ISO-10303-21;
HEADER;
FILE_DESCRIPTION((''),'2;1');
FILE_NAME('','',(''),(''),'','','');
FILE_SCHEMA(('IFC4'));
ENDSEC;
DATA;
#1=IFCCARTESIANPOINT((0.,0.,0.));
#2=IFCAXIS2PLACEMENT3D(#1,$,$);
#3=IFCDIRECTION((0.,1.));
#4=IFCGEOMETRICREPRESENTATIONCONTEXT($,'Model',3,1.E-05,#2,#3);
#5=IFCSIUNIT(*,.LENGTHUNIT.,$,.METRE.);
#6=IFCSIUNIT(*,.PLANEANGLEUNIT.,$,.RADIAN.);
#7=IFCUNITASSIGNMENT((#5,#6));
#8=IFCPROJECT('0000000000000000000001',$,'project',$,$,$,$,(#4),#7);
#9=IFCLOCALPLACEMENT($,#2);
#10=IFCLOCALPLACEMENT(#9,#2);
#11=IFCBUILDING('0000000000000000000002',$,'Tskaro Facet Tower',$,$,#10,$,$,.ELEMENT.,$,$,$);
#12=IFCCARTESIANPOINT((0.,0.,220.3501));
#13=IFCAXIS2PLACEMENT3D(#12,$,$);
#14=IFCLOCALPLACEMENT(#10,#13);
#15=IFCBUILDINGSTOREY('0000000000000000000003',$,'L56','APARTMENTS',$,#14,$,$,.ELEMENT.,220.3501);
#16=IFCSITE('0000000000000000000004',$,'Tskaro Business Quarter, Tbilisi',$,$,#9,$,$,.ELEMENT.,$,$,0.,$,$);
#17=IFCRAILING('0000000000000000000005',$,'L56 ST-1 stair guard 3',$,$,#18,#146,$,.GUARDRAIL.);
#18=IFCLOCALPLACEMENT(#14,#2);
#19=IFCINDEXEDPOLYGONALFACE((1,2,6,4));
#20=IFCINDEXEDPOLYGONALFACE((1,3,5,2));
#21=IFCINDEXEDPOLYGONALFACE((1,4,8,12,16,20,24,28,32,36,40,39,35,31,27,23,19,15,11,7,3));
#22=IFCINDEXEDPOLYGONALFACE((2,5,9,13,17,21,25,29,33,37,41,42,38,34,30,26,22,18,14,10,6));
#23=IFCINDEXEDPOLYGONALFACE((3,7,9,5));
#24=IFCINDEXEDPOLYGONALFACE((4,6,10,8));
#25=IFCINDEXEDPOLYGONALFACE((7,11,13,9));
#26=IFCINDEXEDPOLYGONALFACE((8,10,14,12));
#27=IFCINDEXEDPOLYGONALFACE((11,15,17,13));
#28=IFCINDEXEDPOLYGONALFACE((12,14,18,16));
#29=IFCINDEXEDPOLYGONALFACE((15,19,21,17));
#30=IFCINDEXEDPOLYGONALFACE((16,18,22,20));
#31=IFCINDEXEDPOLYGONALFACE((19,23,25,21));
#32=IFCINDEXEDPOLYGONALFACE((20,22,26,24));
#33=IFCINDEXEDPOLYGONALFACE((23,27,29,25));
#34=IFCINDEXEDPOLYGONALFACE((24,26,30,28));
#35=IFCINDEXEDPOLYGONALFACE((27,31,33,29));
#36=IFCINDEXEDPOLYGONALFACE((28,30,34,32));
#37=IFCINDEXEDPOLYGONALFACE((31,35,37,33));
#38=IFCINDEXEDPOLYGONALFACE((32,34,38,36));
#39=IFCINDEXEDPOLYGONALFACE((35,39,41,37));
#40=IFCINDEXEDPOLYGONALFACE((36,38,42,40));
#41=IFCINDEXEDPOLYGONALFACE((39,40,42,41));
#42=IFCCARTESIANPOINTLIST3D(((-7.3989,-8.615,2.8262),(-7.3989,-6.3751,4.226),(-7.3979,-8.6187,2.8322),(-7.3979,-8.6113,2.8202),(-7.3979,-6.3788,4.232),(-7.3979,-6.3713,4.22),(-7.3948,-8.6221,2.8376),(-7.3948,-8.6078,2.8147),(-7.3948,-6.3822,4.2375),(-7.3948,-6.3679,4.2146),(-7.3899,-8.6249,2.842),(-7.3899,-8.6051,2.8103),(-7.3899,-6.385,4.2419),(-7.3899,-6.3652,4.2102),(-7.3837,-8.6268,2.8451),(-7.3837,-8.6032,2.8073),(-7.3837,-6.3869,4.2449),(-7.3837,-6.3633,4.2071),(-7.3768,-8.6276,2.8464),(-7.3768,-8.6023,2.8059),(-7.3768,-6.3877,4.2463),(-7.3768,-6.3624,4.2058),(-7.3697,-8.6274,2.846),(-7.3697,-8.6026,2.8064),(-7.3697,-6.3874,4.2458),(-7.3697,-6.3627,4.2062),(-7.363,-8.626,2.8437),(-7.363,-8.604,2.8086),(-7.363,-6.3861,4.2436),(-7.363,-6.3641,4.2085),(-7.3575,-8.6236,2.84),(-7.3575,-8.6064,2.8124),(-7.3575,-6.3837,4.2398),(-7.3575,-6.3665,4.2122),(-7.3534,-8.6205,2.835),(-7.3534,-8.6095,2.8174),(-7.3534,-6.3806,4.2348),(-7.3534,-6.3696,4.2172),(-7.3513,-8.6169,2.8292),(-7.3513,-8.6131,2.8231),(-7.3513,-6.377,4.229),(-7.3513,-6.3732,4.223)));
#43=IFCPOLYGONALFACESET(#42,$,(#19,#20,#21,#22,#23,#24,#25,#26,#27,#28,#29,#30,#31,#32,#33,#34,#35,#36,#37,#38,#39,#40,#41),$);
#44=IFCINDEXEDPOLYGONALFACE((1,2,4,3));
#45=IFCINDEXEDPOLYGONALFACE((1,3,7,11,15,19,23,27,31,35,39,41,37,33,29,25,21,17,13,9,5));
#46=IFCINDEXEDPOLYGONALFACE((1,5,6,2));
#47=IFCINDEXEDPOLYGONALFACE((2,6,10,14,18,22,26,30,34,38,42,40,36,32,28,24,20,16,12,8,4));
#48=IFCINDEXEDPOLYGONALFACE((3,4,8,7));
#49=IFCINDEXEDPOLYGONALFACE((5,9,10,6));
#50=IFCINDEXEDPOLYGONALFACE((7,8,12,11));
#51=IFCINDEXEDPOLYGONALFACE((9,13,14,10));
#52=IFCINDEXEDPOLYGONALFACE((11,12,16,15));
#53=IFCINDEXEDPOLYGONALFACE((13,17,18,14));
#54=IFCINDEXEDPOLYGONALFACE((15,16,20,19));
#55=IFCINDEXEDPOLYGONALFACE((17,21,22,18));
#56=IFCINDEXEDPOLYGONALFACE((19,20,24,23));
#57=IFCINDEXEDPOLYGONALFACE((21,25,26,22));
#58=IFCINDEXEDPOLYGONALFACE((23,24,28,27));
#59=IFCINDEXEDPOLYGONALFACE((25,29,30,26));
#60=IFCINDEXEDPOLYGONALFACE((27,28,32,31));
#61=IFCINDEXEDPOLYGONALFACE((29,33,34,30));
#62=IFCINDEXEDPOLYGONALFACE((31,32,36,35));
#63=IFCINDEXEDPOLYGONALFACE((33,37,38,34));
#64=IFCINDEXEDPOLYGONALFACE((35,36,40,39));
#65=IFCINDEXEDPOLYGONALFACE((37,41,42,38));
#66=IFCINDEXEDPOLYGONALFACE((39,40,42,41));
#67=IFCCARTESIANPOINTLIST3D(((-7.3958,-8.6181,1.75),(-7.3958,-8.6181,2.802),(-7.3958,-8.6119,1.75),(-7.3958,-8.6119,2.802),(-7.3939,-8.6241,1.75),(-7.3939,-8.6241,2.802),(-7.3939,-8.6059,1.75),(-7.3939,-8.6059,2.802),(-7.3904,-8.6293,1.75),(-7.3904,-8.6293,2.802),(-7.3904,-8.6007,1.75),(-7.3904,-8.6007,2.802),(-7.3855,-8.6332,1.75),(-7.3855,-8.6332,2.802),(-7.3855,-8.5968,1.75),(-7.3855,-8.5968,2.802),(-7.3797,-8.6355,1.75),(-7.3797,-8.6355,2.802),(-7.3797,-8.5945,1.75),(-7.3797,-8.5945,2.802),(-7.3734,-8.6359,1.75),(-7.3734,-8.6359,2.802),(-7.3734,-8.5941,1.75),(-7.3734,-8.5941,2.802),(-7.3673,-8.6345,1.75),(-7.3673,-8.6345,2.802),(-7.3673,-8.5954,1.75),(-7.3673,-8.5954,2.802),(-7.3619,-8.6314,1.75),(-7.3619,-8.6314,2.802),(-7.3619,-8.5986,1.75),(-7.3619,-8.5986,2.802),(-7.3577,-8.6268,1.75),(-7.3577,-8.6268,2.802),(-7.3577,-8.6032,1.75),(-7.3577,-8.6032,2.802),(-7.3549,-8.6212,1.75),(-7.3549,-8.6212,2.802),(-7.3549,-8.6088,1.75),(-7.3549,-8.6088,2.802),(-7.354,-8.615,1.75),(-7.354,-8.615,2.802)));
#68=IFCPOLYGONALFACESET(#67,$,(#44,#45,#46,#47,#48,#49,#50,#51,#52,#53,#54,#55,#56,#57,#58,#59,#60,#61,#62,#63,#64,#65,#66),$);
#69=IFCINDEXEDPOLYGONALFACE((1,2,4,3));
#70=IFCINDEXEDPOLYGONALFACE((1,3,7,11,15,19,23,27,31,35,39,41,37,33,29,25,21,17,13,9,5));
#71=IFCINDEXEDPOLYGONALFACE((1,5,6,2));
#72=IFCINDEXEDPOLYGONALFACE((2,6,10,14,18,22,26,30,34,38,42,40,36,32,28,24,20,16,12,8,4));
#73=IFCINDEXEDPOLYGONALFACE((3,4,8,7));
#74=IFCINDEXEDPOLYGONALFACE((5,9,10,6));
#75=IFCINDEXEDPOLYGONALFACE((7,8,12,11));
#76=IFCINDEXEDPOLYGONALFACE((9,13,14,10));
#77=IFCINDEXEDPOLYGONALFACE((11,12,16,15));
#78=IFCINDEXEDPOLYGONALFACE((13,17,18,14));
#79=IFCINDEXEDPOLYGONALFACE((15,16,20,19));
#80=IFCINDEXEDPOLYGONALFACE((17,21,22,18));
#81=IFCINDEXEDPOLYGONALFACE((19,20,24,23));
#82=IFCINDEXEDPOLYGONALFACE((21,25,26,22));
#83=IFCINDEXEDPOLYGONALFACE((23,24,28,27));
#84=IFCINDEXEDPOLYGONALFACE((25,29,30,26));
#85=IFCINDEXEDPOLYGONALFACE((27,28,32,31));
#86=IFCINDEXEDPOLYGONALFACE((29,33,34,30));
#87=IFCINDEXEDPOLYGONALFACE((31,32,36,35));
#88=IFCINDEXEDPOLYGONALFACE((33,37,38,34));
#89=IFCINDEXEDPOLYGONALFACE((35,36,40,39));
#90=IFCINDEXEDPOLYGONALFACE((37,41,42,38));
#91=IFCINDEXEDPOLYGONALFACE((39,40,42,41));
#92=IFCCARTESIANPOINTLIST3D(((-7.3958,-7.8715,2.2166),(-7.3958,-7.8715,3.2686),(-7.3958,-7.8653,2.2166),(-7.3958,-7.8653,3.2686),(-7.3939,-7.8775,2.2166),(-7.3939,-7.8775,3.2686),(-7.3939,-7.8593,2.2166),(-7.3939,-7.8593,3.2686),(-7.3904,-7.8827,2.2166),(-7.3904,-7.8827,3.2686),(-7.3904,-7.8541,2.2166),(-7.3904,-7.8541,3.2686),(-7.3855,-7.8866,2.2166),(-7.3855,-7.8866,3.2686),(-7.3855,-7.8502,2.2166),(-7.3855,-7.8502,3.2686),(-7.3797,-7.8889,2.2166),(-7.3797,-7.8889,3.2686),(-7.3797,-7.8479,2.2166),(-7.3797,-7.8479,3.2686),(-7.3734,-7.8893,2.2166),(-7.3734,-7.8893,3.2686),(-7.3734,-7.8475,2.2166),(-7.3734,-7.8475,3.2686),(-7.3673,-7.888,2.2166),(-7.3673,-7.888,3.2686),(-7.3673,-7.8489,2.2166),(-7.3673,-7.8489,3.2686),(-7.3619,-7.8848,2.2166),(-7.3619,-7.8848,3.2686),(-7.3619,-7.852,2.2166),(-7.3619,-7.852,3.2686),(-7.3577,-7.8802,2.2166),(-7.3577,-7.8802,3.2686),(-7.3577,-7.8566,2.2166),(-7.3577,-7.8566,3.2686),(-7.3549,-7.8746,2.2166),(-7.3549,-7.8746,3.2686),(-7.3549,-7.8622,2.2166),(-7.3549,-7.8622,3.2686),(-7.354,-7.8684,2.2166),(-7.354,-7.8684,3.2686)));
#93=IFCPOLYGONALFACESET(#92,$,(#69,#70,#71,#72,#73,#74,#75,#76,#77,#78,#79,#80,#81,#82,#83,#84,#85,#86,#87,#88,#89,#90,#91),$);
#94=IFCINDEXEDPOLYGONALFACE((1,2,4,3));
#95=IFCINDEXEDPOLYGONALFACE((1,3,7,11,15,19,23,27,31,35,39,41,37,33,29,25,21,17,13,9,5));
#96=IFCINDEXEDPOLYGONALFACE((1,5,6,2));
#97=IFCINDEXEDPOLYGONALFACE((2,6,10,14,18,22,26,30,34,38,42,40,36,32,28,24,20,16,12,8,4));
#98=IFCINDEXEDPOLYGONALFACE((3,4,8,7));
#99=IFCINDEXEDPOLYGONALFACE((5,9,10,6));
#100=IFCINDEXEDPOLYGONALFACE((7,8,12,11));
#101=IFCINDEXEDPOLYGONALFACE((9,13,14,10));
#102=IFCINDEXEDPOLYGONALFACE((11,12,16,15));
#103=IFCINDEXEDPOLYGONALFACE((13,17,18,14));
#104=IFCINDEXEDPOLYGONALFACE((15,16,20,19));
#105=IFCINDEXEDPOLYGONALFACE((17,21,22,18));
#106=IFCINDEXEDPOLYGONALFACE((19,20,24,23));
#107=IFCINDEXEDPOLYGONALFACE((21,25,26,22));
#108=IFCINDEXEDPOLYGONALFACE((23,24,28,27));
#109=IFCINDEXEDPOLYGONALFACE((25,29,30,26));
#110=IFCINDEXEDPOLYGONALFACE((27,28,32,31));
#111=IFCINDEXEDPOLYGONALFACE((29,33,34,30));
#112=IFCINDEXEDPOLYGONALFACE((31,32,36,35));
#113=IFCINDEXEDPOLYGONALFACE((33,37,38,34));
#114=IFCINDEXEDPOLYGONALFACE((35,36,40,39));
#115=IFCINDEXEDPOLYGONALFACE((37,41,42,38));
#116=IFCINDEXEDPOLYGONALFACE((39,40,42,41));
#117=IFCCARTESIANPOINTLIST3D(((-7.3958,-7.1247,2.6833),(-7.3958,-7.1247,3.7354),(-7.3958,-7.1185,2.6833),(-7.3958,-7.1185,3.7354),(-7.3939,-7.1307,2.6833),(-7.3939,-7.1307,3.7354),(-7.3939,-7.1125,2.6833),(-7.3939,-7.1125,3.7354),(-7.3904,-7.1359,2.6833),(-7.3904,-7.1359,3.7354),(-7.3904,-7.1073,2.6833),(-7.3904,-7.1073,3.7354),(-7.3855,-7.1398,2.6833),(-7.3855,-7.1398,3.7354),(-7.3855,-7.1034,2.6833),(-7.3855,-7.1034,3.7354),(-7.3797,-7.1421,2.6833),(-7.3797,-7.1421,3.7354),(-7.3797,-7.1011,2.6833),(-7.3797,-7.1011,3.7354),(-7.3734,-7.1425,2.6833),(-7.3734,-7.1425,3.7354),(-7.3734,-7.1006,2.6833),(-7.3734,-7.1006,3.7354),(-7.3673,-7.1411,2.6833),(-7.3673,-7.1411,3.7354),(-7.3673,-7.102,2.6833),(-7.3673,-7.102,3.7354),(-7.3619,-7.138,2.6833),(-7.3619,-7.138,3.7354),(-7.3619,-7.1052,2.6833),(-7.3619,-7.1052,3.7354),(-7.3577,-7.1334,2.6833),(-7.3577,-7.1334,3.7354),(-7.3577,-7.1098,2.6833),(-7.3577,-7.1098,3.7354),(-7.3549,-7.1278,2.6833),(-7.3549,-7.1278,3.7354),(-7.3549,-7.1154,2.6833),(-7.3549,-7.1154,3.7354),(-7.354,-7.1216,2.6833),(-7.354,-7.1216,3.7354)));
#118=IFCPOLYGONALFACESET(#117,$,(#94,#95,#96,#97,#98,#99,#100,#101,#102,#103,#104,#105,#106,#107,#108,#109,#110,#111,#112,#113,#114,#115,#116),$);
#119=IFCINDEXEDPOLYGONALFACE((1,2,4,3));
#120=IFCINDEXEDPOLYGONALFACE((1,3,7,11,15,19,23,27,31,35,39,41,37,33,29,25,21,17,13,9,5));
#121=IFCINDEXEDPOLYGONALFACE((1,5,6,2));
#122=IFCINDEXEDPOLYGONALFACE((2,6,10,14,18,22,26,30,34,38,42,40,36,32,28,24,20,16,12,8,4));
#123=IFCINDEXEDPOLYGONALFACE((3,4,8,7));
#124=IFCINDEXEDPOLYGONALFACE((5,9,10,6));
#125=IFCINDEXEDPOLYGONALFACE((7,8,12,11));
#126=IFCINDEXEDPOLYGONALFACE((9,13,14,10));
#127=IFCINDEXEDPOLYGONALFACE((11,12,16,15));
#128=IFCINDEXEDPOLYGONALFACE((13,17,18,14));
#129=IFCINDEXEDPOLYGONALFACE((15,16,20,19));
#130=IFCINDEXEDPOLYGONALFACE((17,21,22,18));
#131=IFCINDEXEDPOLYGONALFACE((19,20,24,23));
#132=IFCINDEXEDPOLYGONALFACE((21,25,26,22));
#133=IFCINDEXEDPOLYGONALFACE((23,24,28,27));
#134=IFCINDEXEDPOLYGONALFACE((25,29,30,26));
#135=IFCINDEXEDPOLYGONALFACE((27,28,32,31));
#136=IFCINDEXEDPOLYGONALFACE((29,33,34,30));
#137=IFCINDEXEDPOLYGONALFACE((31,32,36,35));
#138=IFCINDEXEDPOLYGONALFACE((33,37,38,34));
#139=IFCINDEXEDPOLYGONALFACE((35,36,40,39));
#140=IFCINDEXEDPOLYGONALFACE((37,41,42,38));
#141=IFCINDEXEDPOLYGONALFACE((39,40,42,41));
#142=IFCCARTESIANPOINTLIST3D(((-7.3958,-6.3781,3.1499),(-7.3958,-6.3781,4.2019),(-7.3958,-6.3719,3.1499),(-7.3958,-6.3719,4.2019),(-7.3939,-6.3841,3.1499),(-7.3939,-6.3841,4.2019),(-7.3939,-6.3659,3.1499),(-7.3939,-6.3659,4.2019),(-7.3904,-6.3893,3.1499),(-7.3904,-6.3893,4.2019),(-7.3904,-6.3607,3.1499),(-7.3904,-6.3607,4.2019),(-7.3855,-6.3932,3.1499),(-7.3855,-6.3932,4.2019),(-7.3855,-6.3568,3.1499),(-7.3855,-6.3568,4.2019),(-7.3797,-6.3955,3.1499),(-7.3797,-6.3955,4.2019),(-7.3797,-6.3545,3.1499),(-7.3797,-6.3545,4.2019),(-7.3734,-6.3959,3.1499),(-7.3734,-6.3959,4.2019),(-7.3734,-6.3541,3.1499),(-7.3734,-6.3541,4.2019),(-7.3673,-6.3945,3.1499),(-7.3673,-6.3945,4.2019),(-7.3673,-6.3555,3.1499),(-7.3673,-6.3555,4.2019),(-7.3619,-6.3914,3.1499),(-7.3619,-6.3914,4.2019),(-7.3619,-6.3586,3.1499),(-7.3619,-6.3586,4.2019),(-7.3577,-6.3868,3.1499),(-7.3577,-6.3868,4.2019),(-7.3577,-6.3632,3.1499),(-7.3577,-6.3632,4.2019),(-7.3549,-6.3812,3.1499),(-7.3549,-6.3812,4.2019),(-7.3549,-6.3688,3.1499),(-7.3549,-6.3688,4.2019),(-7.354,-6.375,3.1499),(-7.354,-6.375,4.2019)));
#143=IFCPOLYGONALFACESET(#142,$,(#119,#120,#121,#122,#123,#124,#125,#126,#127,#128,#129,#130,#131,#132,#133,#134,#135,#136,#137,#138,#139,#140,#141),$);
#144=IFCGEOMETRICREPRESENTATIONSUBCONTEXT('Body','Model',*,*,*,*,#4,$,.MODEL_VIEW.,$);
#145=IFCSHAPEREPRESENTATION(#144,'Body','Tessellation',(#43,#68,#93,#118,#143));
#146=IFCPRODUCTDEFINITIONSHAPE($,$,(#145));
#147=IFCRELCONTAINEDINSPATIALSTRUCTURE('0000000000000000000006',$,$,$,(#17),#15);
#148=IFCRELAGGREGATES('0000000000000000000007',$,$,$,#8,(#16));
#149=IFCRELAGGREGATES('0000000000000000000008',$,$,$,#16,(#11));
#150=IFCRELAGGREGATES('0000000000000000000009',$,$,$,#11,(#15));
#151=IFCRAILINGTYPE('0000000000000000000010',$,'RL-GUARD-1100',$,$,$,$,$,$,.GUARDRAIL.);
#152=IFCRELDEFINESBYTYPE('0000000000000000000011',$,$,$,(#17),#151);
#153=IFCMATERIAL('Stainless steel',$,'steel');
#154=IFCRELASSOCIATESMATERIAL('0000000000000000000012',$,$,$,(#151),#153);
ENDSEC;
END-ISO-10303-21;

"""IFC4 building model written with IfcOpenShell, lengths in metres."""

from ifc_helpers import new_model, si_unit, direction, frame, origin, origin_2d, place, context, subcontext, project, spatial, circle, extrude, material, type_object, element, save


model = new_model("IFC4")

# Units and contexts
model_context = context("Model", 3, precision=1e-05, world=origin(), true_north=direction((0.0, 1.0)))
body_context = subcontext(model_context, "Body", "Model", "MODEL_VIEW")
ifc_project = project(units=[si_unit("LENGTHUNIT", "METRE"), si_unit("PLANEANGLEUNIT", "RADIAN")], contexts=[model_context])

# Site, building, storey
site_placement = place(None, origin())
site = spatial("IfcSite", under=ifc_project, at=site_placement, Name="Tskaro Business Quarter, Tbilisi", CompositionType="ELEMENT", RefElevation=0.0)
building_placement = place(site_placement, origin())
building = spatial("IfcBuilding", under=site, at=building_placement, Name="Tskaro Facet Tower", CompositionType="ELEMENT")
storey_placement = place(building_placement, frame((0.0, 0.0, 220.3501)))
storey = spatial("IfcBuildingStorey", under=building, at=storey_placement, Name="L56", Description="APARTMENTS", CompositionType="ELEMENT", Elevation=220.3501)

# Shared definitions
ifc_material_1 = material(Name="Stainless steel", Category="steel")

# Railing
railing_type_1 = type_object("IfcRailingType", Name="RL-GUARD-1100", PredefinedType="GUARDRAIL", material=ifc_material_1)
railing_1_placement = place(storey_placement, frame((-7.375, -8.615, 1.75)))
element("IfcRailing", 1, at=railing_1_placement, inside=storey, type_object=railing_type_1, Name="L56 ST-1 stair guard 3", PredefinedType="GUARDRAIL", context=body_context, shape_type="SweptSolid", body=[
    extrude(circle(Radius=0.0239, at=origin_2d()), frame((0.0, 0.0, 1.0762), z_axis=(0.0, 0.848014, 0.529974), x_axis=(-1.0, 0.0, 0.0)), (0.0, 0.0, 1.0), 2.6414),
    extrude(circle(Radius=0.021, at=origin_2d()), origin(), (0.0, 0.0, 1.0), 1.052),
    extrude(circle(Radius=0.021, at=origin_2d()), frame((0.0, 0.7466, 0.4666)), (0.0, 0.0, 1.0), 1.052),
    extrude(circle(Radius=0.021, at=origin_2d()), frame((0.0, 1.4934, 0.9333)), (0.0, 0.0, 1.0), 1.052),
    extrude(circle(Radius=0.021, at=origin_2d()), frame((0.0, 2.24, 1.3999)), (0.0, 0.0, 1.0), 1.052),
])

save(model, "model.ifc")
